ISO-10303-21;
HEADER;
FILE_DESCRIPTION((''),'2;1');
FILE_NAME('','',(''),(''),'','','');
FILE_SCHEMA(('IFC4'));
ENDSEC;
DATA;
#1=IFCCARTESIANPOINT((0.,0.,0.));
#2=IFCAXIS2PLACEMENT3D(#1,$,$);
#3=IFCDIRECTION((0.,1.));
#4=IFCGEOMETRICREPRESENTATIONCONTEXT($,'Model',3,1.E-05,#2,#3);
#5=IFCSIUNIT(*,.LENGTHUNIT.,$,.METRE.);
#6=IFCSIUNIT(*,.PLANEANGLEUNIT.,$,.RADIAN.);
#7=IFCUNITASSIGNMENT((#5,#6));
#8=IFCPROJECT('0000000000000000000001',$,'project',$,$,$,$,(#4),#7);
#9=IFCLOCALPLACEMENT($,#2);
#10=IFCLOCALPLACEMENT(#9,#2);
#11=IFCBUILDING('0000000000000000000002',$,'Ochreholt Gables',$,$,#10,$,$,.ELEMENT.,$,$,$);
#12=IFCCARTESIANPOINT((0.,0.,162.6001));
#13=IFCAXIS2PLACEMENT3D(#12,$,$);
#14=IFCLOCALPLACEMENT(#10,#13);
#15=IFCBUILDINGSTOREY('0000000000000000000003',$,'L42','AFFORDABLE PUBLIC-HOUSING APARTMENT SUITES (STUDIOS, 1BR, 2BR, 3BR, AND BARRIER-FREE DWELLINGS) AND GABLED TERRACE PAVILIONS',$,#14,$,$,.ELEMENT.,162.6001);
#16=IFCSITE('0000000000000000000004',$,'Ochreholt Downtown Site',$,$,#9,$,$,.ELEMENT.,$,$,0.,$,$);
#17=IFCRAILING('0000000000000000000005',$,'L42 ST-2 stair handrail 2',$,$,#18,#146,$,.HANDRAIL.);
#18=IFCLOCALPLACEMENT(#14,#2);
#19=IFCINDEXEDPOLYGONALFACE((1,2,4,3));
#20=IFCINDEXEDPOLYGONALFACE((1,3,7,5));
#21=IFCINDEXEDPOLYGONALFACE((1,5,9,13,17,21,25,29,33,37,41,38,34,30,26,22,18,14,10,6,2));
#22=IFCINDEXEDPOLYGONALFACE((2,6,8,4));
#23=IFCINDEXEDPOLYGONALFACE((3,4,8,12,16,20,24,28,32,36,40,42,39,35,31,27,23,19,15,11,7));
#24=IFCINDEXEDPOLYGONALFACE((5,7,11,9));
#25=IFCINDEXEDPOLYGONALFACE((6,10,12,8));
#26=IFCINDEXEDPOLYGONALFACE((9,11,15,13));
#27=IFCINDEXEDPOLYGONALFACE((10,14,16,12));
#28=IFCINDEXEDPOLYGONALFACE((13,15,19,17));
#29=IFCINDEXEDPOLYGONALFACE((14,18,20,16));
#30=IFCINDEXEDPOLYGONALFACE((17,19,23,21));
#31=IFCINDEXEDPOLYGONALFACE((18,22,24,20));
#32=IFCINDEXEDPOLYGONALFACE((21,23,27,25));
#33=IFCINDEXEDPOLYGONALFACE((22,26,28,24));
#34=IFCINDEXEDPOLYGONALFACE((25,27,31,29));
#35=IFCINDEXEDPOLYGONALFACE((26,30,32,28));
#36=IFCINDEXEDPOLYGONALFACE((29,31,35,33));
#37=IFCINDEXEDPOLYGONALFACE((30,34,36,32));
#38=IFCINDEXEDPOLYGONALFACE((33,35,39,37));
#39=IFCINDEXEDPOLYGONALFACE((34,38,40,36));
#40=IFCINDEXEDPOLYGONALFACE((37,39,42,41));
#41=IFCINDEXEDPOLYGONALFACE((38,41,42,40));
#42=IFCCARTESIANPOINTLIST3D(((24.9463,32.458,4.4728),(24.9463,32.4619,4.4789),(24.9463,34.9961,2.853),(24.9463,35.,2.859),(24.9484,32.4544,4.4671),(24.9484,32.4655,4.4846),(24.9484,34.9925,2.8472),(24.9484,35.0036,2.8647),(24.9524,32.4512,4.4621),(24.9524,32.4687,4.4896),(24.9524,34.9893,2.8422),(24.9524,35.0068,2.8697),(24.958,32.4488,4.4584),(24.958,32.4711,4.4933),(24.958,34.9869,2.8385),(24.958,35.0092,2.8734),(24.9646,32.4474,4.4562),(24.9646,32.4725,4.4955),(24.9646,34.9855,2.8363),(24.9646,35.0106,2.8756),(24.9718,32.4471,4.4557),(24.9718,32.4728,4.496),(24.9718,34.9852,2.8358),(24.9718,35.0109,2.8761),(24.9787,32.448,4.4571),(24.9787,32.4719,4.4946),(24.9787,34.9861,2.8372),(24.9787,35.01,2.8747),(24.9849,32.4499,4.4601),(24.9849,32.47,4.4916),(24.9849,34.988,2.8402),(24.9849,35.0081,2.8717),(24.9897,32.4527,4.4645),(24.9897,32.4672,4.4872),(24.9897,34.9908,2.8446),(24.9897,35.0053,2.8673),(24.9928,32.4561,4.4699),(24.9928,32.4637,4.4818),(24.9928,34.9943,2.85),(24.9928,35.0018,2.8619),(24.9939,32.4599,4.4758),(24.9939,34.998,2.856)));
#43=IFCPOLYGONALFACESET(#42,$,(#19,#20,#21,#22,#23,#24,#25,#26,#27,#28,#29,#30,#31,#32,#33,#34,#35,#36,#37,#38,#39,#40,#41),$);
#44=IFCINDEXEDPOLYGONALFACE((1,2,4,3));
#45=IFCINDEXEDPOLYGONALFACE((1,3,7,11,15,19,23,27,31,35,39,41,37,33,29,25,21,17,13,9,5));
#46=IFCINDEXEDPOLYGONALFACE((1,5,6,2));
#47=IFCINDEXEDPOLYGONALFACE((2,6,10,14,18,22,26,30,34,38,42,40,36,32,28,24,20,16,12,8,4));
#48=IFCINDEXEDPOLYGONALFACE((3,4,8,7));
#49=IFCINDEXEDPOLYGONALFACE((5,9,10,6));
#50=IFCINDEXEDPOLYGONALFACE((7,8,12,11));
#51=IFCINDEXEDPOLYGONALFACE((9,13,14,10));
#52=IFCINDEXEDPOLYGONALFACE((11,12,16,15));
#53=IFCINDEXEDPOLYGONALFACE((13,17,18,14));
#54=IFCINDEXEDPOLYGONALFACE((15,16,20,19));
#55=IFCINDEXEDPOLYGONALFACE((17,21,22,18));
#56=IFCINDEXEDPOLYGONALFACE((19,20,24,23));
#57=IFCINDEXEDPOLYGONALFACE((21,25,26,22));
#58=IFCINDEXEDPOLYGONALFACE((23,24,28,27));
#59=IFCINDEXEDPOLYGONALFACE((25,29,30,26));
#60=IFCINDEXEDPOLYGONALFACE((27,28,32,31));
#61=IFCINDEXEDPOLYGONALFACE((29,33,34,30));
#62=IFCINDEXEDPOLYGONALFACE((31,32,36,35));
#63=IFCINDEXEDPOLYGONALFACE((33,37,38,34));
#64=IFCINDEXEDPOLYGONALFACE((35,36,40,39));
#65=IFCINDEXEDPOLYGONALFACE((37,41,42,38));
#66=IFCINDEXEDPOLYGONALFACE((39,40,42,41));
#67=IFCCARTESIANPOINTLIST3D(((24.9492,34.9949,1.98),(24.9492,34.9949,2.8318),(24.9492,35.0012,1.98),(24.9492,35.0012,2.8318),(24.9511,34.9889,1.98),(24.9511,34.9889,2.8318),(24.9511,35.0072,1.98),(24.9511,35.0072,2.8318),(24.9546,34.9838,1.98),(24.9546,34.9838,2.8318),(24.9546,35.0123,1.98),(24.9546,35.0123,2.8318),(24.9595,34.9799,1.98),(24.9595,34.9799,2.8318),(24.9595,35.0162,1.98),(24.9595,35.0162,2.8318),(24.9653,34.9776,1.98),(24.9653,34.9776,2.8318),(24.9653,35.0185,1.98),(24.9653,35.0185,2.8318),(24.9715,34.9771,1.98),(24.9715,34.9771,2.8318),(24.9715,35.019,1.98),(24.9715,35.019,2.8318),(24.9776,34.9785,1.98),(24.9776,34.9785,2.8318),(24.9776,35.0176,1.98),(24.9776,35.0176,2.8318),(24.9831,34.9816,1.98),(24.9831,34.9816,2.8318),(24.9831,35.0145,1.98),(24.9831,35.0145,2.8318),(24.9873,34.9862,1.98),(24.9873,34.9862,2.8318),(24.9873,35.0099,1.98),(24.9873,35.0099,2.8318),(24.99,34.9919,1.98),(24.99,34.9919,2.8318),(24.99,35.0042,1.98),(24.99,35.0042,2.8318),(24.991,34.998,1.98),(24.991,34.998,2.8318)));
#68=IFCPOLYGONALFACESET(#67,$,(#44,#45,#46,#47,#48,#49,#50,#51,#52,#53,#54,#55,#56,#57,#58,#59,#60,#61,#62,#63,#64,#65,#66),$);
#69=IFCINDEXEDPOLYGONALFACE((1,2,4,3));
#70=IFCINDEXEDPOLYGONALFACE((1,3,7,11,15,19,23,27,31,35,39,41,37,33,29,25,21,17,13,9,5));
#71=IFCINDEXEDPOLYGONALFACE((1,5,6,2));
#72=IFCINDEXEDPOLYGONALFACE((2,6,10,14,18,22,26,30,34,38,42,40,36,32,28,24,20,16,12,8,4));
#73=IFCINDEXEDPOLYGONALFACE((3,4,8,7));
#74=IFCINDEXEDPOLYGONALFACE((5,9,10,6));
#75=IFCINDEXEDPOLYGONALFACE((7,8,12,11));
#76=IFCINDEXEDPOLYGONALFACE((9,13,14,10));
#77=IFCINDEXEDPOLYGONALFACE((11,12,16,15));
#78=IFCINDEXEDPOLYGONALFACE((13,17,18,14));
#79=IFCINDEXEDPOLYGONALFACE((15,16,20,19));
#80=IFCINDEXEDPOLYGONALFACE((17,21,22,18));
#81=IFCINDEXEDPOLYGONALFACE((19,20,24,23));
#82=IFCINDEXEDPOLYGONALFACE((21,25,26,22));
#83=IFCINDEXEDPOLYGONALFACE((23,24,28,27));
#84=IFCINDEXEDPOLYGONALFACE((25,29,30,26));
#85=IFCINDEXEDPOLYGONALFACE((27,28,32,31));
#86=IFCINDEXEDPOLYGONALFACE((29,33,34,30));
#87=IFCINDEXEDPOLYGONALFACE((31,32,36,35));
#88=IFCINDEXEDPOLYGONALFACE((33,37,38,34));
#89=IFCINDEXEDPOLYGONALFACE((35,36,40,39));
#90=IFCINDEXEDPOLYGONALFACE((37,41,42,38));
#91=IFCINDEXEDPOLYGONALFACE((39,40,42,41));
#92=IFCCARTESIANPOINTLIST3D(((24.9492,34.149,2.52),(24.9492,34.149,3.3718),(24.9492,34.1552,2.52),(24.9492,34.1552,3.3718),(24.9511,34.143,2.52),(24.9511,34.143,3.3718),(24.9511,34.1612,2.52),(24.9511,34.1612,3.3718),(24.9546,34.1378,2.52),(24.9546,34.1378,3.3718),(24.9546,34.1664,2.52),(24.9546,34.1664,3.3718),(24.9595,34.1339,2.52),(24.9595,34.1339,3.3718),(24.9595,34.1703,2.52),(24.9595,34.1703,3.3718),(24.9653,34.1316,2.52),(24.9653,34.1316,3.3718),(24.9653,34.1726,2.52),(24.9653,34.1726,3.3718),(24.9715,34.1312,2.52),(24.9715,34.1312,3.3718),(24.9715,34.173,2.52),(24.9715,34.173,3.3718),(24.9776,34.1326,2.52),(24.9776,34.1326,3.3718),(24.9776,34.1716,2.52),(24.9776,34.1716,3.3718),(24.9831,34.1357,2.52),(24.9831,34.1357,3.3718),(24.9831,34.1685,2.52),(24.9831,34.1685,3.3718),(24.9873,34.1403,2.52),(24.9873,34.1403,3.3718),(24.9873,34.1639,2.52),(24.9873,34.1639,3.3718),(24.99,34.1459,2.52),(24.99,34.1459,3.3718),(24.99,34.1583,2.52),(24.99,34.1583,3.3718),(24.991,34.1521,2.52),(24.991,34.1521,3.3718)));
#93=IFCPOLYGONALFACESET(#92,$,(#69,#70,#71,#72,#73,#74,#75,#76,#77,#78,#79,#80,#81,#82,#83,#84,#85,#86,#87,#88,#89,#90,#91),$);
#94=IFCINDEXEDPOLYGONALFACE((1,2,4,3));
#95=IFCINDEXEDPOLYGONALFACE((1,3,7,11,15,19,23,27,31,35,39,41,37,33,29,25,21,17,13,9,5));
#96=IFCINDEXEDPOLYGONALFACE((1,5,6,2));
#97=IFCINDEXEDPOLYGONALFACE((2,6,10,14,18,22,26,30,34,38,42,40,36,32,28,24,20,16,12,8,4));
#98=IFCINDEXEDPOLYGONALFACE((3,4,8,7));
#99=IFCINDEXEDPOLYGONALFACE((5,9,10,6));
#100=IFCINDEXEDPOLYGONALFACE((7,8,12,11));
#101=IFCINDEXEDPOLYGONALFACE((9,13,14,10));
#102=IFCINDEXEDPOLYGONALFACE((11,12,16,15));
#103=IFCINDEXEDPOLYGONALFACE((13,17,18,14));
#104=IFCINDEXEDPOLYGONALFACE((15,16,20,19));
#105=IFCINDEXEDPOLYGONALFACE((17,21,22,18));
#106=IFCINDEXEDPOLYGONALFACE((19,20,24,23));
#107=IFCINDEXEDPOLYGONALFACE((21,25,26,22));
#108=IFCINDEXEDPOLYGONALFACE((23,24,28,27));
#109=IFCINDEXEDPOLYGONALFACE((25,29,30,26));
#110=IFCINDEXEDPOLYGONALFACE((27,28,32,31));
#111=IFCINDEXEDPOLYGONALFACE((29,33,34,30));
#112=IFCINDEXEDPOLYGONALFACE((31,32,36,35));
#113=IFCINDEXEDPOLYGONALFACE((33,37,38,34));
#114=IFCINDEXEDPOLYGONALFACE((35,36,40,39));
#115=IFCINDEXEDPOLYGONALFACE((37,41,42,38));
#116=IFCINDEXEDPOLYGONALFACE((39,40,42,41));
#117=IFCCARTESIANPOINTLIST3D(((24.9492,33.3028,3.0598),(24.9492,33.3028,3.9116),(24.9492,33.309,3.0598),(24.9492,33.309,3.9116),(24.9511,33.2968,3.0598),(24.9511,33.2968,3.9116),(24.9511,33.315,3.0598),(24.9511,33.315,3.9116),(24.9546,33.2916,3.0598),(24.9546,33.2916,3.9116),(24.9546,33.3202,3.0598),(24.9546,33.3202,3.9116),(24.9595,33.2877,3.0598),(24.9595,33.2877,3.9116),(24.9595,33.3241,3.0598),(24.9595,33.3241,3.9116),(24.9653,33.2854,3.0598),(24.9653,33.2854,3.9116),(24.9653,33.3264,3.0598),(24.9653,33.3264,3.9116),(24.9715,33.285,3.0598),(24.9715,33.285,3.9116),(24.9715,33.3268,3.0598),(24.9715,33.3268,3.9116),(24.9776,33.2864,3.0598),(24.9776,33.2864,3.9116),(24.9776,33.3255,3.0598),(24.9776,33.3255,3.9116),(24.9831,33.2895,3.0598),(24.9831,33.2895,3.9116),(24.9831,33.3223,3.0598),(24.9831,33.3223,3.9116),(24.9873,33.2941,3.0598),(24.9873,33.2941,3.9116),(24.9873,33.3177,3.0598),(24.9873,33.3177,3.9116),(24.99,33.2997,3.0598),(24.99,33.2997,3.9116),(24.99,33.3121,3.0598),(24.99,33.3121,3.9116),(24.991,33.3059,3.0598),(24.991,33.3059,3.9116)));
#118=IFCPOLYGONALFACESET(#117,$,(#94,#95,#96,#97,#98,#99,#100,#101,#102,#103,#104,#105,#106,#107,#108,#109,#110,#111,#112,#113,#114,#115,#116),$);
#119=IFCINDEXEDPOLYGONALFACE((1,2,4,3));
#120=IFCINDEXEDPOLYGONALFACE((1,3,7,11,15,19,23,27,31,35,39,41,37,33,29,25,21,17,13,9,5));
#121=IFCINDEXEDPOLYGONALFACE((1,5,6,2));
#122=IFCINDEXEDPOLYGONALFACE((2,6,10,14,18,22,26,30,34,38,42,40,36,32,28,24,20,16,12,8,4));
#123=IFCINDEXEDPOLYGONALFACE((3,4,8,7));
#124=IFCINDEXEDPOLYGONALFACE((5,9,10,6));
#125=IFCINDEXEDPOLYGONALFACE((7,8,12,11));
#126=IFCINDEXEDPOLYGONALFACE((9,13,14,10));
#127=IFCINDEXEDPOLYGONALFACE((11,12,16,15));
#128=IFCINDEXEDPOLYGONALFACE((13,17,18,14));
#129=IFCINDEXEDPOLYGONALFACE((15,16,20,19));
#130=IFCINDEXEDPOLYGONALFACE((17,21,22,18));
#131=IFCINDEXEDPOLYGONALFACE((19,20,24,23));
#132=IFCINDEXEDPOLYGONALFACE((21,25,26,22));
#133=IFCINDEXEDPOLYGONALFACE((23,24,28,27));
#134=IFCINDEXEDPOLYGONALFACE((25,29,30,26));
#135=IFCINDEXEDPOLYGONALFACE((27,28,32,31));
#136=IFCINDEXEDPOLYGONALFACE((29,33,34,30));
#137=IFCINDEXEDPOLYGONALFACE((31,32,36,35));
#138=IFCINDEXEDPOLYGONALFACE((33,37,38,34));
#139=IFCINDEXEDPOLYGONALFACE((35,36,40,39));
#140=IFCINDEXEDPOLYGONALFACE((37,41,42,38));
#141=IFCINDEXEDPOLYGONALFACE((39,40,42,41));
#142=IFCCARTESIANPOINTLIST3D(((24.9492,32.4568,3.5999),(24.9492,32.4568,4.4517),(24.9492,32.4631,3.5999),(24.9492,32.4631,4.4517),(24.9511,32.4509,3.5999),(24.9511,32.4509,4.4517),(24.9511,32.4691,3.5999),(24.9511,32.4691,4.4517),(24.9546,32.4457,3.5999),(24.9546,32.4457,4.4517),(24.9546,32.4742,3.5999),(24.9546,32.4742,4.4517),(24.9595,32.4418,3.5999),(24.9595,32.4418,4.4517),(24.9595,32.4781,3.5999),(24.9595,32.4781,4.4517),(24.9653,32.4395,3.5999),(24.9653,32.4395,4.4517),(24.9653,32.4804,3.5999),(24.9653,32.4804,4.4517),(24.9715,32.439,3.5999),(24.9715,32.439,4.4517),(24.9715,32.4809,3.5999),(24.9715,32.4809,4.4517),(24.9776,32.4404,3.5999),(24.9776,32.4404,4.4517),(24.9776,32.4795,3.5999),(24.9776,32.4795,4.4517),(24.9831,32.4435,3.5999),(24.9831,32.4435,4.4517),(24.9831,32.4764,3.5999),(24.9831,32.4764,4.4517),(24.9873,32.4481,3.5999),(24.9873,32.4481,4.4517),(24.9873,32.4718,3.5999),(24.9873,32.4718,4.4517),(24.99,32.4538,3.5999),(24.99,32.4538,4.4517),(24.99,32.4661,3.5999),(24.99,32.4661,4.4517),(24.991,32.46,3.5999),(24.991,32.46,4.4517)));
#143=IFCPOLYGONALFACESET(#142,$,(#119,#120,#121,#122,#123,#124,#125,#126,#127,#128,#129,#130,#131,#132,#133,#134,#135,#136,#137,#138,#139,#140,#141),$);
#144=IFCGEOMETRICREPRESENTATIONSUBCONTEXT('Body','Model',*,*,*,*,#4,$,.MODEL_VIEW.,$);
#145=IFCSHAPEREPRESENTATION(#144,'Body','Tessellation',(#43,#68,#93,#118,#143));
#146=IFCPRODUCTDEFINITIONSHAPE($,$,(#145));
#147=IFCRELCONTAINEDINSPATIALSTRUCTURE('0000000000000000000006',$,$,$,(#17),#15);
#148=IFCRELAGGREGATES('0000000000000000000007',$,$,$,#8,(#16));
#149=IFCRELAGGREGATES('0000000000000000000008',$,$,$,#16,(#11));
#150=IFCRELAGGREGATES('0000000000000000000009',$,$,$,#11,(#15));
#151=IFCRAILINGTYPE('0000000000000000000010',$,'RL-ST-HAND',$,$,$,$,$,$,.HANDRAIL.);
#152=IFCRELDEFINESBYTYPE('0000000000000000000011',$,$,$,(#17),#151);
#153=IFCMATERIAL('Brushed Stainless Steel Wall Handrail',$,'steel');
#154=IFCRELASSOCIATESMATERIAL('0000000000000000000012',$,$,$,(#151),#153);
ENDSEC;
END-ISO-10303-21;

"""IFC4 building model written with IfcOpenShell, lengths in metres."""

from ifc_helpers import new_model, si_unit, direction, frame, origin, origin_2d, place, context, subcontext, project, spatial, circle, extrude, material, type_object, element, save


model = new_model("IFC4")

# Units and contexts
model_context = context("Model", 3, precision=1e-05, world=origin(), true_north=direction((0.0, 1.0)))
body_context = subcontext(model_context, "Body", "Model", "MODEL_VIEW")
ifc_project = project(units=[si_unit("LENGTHUNIT", "METRE"), si_unit("PLANEANGLEUNIT", "RADIAN")], contexts=[model_context])

# Site, building, storey
site_placement = place(None, origin())
site = spatial("IfcSite", under=ifc_project, at=site_placement, Name="Ochreholt Downtown Site", CompositionType="ELEMENT", RefElevation=0.0)
building_placement = place(site_placement, origin())
building = spatial("IfcBuilding", under=site, at=building_placement, Name="Ochreholt Gables", CompositionType="ELEMENT")
storey_placement = place(building_placement, frame((0.0, 0.0, 162.6001)))
storey = spatial("IfcBuildingStorey", under=building, at=storey_placement, Name="L42", Description="AFFORDABLE PUBLIC-HOUSING APARTMENT SUITES (STUDIOS, 1BR, 2BR, 3BR, AND BARRIER-FREE DWELLINGS) AND GABLED TERRACE PAVILIONS", CompositionType="ELEMENT", Elevation=162.6001)

# Railing
ifc_material_1 = material(Name="Brushed Stainless Steel Wall Handrail", Category="steel")
railing_type_1 = type_object("IfcRailingType", Name="RL-ST-HAND", PredefinedType="HANDRAIL", material=ifc_material_1)
railing_1_placement = place(storey_placement, frame((24.97, 34.998, 1.98)))
element("IfcRailing", 1, at=railing_1_placement, inside=storey, type_object=railing_type_1, Name="L42 ST-2 stair handrail 2", PredefinedType="HANDRAIL", context=body_context, shape_type="SweptSolid", body=[
    extrude(circle(Radius=0.0239, at=origin_2d()), frame((0.0, 0.0, 0.876), z_axis=(0.0, -0.84295, 0.537993), x_axis=(1.0, 0.0, 0.0)), (0.0, 0.0, 1.0), 3.011),
    extrude(circle(Radius=0.021, at=origin_2d()), origin(), (0.0, 0.0, 1.0), 0.8518),
    extrude(circle(Radius=0.021, at=origin_2d()), frame((0.0, -0.8459, 0.54)), (0.0, 0.0, 1.0), 0.8518),
    extrude(circle(Radius=0.021, at=origin_2d()), frame((0.0, -1.6921, 1.0798)), (0.0, 0.0, 1.0), 0.8518),
    extrude(circle(Radius=0.021, at=origin_2d()), frame((0.0, -2.5381, 1.6199)), (0.0, 0.0, 1.0), 0.8518),
])

save(model, "model.ifc")
